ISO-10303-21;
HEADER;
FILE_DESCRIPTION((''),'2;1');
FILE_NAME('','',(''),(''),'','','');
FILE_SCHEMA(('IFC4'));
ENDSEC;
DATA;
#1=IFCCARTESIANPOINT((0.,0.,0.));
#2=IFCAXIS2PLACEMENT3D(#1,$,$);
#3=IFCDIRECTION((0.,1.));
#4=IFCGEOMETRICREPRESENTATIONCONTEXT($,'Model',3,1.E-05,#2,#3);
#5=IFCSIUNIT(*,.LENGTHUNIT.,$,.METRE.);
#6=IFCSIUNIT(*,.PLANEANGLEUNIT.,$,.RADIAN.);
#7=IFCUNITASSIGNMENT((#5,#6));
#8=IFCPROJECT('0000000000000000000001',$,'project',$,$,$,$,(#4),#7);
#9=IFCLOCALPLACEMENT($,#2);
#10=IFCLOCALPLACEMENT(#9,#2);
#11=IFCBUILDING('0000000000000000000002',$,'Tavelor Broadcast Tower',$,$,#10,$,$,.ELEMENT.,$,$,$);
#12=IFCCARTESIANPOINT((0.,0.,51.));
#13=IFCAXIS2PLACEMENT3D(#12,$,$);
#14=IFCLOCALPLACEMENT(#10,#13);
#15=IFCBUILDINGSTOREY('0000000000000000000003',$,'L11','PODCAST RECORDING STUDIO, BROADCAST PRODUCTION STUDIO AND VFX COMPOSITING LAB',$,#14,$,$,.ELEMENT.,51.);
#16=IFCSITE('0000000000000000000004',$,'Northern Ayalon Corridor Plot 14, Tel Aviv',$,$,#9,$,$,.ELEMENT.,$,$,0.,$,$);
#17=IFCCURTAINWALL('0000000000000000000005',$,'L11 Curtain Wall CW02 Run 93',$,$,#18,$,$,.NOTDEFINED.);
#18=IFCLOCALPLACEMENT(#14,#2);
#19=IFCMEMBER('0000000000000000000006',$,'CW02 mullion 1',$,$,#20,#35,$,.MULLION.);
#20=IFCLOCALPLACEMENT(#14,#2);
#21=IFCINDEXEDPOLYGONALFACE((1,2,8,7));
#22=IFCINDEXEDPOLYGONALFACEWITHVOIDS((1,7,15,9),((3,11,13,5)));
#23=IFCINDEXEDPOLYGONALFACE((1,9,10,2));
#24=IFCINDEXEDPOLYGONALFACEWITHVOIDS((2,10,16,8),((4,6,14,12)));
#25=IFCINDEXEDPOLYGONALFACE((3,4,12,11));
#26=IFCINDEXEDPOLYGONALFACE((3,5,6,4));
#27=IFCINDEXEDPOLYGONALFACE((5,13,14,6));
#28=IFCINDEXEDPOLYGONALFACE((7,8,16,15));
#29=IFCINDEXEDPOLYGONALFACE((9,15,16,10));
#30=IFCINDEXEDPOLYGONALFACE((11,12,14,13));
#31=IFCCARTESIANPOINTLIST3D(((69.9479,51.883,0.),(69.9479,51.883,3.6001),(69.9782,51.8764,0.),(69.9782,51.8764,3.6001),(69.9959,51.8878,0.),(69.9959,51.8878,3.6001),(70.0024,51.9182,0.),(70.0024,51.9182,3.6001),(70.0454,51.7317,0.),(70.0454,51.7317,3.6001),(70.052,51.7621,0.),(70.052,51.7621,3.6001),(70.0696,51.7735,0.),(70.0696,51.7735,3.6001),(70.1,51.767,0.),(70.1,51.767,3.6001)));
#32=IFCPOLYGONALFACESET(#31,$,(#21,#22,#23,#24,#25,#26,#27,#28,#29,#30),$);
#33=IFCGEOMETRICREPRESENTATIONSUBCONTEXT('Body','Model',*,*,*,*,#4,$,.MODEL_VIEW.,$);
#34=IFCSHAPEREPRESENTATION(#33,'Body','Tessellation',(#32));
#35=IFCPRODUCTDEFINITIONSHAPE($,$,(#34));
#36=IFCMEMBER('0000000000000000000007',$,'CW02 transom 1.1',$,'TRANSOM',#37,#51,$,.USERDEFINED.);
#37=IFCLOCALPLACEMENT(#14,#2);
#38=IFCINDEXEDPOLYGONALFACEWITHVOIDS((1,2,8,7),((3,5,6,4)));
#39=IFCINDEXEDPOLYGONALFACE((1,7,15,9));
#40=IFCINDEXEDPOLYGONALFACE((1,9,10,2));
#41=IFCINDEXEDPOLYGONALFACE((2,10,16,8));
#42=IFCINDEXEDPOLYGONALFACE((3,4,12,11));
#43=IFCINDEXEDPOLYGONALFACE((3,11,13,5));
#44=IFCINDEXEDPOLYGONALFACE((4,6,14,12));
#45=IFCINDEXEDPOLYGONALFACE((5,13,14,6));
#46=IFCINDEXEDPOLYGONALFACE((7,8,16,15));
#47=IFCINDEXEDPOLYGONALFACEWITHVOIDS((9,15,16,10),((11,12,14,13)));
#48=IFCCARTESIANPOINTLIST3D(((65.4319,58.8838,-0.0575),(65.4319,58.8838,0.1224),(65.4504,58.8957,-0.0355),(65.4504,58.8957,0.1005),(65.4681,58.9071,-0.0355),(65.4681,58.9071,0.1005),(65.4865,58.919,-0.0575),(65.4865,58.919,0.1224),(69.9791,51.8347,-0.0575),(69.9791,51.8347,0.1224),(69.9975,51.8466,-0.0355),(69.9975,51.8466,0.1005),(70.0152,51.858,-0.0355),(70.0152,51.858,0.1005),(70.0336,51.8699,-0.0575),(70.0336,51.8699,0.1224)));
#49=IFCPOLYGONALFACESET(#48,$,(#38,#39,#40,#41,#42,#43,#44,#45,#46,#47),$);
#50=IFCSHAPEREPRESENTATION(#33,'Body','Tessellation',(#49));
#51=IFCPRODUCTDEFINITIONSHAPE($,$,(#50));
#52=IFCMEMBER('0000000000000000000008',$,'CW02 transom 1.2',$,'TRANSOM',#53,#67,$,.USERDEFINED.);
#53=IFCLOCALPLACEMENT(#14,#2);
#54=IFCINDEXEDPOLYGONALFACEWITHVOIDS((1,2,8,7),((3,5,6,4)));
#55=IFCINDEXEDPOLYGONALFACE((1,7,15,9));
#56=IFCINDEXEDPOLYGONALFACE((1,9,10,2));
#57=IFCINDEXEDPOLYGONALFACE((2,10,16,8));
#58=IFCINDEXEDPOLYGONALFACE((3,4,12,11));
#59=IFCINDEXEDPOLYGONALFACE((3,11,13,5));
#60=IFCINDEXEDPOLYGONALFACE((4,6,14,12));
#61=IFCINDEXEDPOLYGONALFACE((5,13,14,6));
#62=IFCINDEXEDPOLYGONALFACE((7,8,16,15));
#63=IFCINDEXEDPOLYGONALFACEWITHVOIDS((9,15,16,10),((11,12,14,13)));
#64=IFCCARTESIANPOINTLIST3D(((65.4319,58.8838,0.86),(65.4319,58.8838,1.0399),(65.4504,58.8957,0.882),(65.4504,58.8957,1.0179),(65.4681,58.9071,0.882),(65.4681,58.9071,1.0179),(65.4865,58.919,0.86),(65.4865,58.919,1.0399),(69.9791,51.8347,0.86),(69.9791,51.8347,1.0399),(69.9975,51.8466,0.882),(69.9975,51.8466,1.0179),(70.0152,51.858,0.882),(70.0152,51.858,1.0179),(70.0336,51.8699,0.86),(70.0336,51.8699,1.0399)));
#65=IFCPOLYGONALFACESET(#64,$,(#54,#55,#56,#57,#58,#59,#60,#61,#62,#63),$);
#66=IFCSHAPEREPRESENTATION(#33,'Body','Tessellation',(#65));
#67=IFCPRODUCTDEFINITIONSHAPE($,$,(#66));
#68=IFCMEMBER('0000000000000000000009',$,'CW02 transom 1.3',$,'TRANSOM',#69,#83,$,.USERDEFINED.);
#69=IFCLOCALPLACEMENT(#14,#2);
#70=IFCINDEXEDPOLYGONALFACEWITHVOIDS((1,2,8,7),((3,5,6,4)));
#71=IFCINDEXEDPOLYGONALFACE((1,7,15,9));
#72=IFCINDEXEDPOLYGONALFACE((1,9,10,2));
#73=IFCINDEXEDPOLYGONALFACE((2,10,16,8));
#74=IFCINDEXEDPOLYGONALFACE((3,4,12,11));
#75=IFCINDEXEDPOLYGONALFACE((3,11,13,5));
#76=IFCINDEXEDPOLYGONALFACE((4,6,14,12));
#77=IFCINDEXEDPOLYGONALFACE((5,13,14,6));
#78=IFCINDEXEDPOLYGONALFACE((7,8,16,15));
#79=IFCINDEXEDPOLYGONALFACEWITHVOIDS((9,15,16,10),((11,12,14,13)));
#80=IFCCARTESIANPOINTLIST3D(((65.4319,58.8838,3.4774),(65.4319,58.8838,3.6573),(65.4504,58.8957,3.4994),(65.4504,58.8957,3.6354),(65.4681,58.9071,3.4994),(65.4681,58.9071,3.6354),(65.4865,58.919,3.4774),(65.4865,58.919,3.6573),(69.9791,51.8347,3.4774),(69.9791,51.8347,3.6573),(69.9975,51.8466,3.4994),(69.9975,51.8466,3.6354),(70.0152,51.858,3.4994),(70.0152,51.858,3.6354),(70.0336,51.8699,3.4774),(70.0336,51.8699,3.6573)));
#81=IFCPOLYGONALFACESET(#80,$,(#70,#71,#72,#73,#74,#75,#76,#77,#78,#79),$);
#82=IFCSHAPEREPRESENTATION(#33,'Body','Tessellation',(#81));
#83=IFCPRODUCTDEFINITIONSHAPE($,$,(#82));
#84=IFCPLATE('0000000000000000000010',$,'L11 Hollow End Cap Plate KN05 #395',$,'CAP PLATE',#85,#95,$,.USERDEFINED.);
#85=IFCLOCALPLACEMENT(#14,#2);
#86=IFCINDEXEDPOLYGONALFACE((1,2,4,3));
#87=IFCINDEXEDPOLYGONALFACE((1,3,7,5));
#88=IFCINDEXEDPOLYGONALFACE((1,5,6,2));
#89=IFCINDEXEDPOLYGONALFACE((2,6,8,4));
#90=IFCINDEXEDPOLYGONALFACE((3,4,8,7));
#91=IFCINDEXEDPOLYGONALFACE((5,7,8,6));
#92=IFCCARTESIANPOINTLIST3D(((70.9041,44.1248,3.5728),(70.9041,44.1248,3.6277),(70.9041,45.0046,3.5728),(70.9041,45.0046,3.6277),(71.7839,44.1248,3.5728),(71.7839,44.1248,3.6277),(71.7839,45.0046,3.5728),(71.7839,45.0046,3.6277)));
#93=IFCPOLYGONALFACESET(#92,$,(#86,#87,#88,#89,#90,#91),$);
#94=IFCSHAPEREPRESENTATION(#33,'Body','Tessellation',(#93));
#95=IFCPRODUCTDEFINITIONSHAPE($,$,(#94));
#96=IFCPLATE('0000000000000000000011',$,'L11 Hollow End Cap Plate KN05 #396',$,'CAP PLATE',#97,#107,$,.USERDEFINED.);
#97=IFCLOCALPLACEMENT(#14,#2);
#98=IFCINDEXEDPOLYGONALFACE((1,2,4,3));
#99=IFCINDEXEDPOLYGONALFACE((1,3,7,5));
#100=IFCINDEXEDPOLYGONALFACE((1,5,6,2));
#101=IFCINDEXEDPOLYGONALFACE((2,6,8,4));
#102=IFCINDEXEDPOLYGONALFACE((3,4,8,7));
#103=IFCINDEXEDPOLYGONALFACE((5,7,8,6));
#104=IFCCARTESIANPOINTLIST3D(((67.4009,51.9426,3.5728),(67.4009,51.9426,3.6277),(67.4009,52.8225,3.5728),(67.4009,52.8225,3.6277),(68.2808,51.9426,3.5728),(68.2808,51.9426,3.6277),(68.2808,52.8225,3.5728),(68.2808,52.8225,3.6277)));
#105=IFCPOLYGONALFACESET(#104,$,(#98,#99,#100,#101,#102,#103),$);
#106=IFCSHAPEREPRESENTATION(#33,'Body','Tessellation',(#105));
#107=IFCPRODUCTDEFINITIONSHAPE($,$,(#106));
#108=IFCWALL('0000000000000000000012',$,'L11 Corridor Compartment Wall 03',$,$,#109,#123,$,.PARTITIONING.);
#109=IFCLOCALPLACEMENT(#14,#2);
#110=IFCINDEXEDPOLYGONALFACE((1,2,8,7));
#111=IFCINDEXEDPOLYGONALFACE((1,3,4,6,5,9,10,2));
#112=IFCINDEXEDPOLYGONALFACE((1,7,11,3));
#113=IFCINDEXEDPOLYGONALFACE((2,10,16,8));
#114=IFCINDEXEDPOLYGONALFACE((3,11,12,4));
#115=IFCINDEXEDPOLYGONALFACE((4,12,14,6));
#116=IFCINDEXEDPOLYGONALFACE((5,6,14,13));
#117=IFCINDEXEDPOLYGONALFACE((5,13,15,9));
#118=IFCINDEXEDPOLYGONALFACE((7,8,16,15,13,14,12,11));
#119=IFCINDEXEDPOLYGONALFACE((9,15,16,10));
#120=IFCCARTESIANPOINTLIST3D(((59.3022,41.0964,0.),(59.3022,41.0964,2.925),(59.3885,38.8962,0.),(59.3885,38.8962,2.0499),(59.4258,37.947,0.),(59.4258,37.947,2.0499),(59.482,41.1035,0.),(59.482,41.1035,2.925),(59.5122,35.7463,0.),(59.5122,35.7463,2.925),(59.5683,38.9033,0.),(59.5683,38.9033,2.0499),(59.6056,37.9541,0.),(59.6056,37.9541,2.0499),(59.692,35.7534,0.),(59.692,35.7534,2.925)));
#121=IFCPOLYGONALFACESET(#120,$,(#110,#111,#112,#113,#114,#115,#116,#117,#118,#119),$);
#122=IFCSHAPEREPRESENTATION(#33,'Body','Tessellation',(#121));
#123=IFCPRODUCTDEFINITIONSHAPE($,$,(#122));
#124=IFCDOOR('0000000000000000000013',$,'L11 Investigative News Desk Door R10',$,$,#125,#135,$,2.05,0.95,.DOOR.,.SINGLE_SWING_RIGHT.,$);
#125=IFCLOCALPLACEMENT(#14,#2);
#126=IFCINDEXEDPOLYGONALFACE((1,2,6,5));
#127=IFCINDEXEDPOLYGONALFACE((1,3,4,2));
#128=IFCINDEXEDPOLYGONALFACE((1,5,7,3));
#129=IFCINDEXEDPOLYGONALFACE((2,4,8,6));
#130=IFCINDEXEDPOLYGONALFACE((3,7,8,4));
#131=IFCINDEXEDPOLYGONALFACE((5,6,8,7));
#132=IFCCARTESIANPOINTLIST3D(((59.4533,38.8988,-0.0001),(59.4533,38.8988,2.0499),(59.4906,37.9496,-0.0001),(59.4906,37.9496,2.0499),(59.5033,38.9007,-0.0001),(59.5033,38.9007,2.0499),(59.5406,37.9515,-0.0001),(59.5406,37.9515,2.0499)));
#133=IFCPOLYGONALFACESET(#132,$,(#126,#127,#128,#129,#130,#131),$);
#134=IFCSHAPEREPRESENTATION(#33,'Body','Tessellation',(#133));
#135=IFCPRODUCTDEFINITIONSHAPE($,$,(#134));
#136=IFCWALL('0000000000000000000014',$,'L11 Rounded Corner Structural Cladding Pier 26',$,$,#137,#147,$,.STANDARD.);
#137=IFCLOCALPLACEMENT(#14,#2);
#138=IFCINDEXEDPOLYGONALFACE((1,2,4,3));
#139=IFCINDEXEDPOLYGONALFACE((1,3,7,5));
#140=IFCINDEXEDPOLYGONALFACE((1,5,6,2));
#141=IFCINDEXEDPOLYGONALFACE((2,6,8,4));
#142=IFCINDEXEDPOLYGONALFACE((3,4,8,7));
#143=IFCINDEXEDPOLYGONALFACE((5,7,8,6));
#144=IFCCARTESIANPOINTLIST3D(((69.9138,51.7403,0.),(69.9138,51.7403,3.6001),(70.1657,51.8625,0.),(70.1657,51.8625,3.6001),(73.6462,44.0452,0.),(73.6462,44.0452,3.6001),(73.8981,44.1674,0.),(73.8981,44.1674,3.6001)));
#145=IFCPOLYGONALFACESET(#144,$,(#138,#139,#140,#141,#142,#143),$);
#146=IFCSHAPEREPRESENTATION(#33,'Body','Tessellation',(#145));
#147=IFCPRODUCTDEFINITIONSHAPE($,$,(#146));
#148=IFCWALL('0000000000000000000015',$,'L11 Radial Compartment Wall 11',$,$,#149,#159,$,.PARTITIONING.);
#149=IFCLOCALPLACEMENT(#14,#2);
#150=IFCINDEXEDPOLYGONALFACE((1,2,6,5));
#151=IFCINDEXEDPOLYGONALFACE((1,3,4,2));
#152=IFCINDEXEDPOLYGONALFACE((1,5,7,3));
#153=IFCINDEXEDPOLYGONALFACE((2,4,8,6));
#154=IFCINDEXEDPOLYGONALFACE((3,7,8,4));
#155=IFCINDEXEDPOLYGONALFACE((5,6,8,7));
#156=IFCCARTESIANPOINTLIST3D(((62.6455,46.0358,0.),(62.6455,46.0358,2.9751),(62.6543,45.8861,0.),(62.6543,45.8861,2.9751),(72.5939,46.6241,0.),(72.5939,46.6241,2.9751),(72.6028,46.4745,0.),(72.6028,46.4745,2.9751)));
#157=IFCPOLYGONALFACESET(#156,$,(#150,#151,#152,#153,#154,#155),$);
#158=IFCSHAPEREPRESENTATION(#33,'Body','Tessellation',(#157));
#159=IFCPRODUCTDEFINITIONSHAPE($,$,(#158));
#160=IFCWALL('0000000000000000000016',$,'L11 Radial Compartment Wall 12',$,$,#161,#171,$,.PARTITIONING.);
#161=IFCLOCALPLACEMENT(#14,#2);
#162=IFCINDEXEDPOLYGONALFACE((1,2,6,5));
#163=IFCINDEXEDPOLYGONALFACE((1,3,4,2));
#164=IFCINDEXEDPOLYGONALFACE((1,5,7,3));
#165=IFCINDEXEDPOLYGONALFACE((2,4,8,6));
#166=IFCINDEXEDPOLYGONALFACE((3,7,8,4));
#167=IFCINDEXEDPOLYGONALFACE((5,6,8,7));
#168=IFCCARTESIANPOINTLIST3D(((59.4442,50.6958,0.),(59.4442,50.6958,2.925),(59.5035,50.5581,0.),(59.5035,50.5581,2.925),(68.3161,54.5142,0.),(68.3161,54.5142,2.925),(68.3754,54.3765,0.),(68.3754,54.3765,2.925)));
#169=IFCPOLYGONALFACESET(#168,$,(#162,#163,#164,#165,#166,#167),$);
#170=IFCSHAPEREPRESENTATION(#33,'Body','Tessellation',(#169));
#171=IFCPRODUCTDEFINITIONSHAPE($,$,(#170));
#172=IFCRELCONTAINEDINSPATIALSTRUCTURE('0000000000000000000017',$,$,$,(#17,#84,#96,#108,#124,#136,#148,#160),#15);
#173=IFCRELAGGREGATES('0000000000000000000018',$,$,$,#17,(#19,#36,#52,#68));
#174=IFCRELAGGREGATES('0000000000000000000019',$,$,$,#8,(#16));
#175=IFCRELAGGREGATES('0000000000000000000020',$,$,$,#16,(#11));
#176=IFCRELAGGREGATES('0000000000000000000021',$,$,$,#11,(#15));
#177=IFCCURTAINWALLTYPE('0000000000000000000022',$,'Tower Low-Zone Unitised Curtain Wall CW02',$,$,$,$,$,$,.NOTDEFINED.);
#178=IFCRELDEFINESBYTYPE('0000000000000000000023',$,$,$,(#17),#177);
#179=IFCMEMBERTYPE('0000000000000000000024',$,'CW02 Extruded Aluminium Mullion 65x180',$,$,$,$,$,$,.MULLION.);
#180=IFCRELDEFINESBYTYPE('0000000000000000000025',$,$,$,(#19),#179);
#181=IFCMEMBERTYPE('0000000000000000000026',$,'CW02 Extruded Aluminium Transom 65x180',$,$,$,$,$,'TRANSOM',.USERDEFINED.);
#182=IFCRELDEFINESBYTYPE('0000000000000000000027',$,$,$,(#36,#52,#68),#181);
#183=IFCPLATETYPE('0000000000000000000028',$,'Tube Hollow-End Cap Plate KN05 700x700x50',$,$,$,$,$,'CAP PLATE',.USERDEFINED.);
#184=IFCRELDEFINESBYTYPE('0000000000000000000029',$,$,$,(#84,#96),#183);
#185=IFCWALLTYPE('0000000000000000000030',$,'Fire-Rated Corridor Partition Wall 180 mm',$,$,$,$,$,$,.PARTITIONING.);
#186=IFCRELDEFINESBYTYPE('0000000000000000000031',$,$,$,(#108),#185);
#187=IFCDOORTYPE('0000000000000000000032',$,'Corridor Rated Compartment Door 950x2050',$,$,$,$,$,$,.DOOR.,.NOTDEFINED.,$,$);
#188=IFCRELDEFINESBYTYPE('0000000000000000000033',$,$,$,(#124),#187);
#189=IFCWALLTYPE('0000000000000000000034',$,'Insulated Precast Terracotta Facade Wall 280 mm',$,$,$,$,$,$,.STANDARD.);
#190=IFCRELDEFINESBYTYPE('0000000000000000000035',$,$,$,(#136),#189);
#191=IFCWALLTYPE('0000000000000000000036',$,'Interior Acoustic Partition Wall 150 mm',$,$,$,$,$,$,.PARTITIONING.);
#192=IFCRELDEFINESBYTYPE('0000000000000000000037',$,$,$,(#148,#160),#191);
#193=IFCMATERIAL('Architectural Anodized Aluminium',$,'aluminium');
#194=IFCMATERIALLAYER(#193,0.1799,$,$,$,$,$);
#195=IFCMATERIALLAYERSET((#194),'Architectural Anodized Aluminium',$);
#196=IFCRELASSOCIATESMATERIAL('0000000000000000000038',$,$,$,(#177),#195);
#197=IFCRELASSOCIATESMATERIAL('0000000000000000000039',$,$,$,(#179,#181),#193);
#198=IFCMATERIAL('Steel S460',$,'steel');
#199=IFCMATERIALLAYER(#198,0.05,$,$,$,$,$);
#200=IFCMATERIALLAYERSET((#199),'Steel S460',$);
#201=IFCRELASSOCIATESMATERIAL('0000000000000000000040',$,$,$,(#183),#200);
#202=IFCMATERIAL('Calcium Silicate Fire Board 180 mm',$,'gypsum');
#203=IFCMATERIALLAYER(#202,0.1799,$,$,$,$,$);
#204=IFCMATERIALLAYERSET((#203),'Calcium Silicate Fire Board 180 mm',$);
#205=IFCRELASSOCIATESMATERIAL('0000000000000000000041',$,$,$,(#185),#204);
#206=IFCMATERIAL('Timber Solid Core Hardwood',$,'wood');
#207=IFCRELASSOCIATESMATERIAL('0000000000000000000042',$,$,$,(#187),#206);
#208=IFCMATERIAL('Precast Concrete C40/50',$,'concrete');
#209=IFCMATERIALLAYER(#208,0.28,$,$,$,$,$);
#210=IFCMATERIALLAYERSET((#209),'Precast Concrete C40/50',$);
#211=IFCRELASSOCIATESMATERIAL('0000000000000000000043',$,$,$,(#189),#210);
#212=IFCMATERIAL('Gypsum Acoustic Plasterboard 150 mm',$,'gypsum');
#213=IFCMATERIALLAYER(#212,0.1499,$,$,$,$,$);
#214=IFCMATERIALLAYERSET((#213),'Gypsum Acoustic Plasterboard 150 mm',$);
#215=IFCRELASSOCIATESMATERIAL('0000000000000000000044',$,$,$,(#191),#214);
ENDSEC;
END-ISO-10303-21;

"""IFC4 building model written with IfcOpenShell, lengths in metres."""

from ifc_helpers import new_model, si_unit, direction, frame, frame_2d, origin, origin_2d, place, context, subcontext, project, spatial, rectangle, hollow_rectangle, extrude, source, transform, mapped, material, layer, layer_set, material_profile, profile_set, type_object, type_shapes, element, fill, aggregate, save


model = new_model("IFC4")

# Units and contexts
model_context = context("Model", 3, precision=1e-05, world=origin(), true_north=direction((0.0, 1.0)))
body_context = subcontext(model_context, "Body", "Model", "MODEL_VIEW")
ifc_project = project(units=[si_unit("LENGTHUNIT", "METRE"), si_unit("PLANEANGLEUNIT", "RADIAN")], contexts=[model_context])

# Site, building, storey
site_placement = place(None, origin())
site = spatial("IfcSite", under=ifc_project, at=site_placement, Name="Northern Ayalon Corridor Plot 14, Tel Aviv", CompositionType="ELEMENT", RefElevation=0.0)
building_placement = place(site_placement, origin())
building = spatial("IfcBuilding", under=site, at=building_placement, Name="Tavelor Broadcast Tower", CompositionType="ELEMENT")
storey_placement = place(building_placement, frame((0.0, 0.0, 51.0)))
storey = spatial("IfcBuildingStorey", under=building, at=storey_placement, Name="L11", Description="PODCAST RECORDING STUDIO, BROADCAST PRODUCTION STUDIO AND VFX COMPOSITING LAB", CompositionType="ELEMENT", Elevation=51.0)

# Shared definitions
ifc_material_1 = material(Name="Steel S460", Category="steel")

# Curtain wall, members
ifc_material_2 = material(Name="Architectural Anodized Aluminium", Category="aluminium")
ifc_layer_1 = layer(ifc_material_2, 0.1799)
ifc_layer_set_1 = layer_set([ifc_layer_1], Name="Architectural Anodized Aluminium")
curtain_wall_type = type_object("IfcCurtainWallType", Name="Tower Low-Zone Unitised Curtain Wall CW02", PredefinedType="NOTDEFINED", material=ifc_layer_set_1)
curtain_wall_placement = place(storey_placement, origin())
curtain_wall = element("IfcCurtainWall", 1, at=curtain_wall_placement, inside=storey, type_object=curtain_wall_type, Name="L11 Curtain Wall CW02 Run 93", PredefinedType="NOTDEFINED")
ifc_material_profile_1 = material_profile(ifc_material_2, hollow_rectangle(XDim=0.0649, YDim=0.1799, WallThickness=0.022, at=origin_2d()), Name="RHS 65x180x22")
ifc_profile_set_1 = profile_set([ifc_material_profile_1], Name="Architectural Anodized Aluminium")
member_type_1 = type_object("IfcMemberType", Name="CW02 Extruded Aluminium Mullion 65x180", PredefinedType="MULLION", material=ifc_profile_set_1)
shared_shape_1 = source(origin(), body_context, "Body", "SweptSolid", [
    extrude(hollow_rectangle(XDim=0.0649, YDim=0.1799, WallThickness=0.022, at=origin_2d()), origin(), (0.0, 0.0, 1.0), 3.6001),
])
type_shapes(member_type_1, [shared_shape_1])
member_1_placement = place(storey_placement, frame((70.0239, 51.825, 0.0), z_axis=(0.0, 0.0, 1.0), x_axis=(-0.840332, -0.542072, 0.0)))
member_1 = element("IfcMember", 2, at=member_1_placement, type_object=member_type_1, Name="CW02 mullion 1", PredefinedType="MULLION", context=body_context, shape_type="MappedRepresentation", body=[
    mapped(shared_shape_1, transform((0.0, 0.0, 0.0), scale=1.0)),
])
ifc_material_profile_2 = material_profile(ifc_material_2, hollow_rectangle(XDim=0.0649, YDim=0.1799, WallThickness=0.022, at=origin_2d()), Name="RHS 65x180x22")
ifc_profile_set_2 = profile_set([ifc_material_profile_2], Name="Architectural Anodized Aluminium")
member_type_2 = type_object("IfcMemberType", Name="CW02 Extruded Aluminium Transom 65x180", ElementType="TRANSOM", PredefinedType="USERDEFINED", material=ifc_profile_set_2)
shared_shape_2 = source(origin(), body_context, "Body", "SweptSolid", [
    extrude(hollow_rectangle(XDim=0.0649, YDim=0.1799, WallThickness=0.022, at=origin_2d()), origin(), (0.0, 0.0, 1.0), 8.3884),
])
type_shapes(member_type_2, [shared_shape_2])
member_2_placement = place(storey_placement, frame((70.0063, 51.8523, 0.0325), z_axis=(-0.542071, 0.840333, 0.0), x_axis=(-0.840333, -0.542071, 0.0)))
member_2 = element("IfcMember", 3, at=member_2_placement, type_object=member_type_2, Name="CW02 transom 1.1", ObjectType="TRANSOM", PredefinedType="USERDEFINED", context=body_context, shape_type="MappedRepresentation", body=[
    mapped(shared_shape_2, transform((0.0, 0.0, 0.0), scale=1.0)),
])
member_3_placement = place(storey_placement, frame((70.0063, 51.8523, 0.95), z_axis=(-0.542071, 0.840333, 0.0), x_axis=(-0.840333, -0.542071, 0.0)))
member_3 = element("IfcMember", 4, at=member_3_placement, type_object=member_type_2, Name="CW02 transom 1.2", ObjectType="TRANSOM", PredefinedType="USERDEFINED", context=body_context, shape_type="MappedRepresentation", body=[
    mapped(shared_shape_2, transform((0.0, 0.0, 0.0), scale=1.0)),
])
member_4_placement = place(storey_placement, frame((70.0063, 51.8523, 3.5674), z_axis=(-0.542071, 0.840333, 0.0), x_axis=(-0.840333, -0.542071, 0.0)))
member_4 = element("IfcMember", 5, at=member_4_placement, type_object=member_type_2, Name="CW02 transom 1.3", ObjectType="TRANSOM", PredefinedType="USERDEFINED", context=body_context, shape_type="MappedRepresentation", body=[
    mapped(shared_shape_2, transform((0.0, 0.0, 0.0), scale=1.0)),
])
aggregate(curtain_wall, [member_1, member_2, member_3, member_4])

# Plates
ifc_layer_2 = layer(ifc_material_1, 0.05)
ifc_layer_set_2 = layer_set([ifc_layer_2], Name="Steel S460")
plate_type = type_object("IfcPlateType", Name="Tube Hollow-End Cap Plate KN05 700x700x50", ElementType="CAP PLATE", PredefinedType="USERDEFINED", material=ifc_layer_set_2)
shared_shape_3 = source(origin(), body_context, "Body", "SweptSolid", [
    extrude(rectangle(XDim=0.8799, YDim=0.8799, at=origin_2d()), origin(), (0.0, 0.0, 1.0), 0.0549),
])
type_shapes(plate_type, [shared_shape_3])
for number, where, z_axis, x_axis, name in (
    (6, (71.344, 44.5647, 3.5728), (0.0, 0.0, 1.0), (1.0, 0.0, 0.0), "L11 Hollow End Cap Plate KN05 #395"),
    (7, (67.8408, 52.3826, 3.5728), (0.0, 0.0, 1.0), (1.0, 0.0, 0.0), "L11 Hollow End Cap Plate KN05 #396"),
):
    element("IfcPlate", number, at=place(storey_placement, frame(where, z_axis=z_axis, x_axis=x_axis)), inside=storey, type_object=plate_type, Name=name, ObjectType="CAP PLATE", PredefinedType="USERDEFINED", context=body_context, shape_type="MappedRepresentation", body=[
        mapped(shared_shape_3, transform((0.0, 0.0, 0.0), scale=1.0)),
    ])

# Wall, opening, door
ifc_material_3 = material(Name="Calcium Silicate Fire Board 180 mm", Category="gypsum")
ifc_layer_3 = layer(ifc_material_3, 0.1799)
ifc_layer_set_3 = layer_set([ifc_layer_3], Name="Calcium Silicate Fire Board 180 mm")
wall_type_1 = type_object("IfcWallType", Name="Fire-Rated Corridor Partition Wall 180 mm", PredefinedType="PARTITIONING", material=ifc_layer_set_3)
wall_1_placement = place(storey_placement, frame((59.3921, 41.1001, 0.0), z_axis=(0.0, 0.0, 1.0), x_axis=(0.039214, -0.999231, 0.0)))
wall_1 = element("IfcWall", 8, at=wall_1_placement, inside=storey, type_object=wall_type_1, Name="L11 Corridor Compartment Wall 03", PredefinedType="PARTITIONING", context=body_context, shape_type="SweptSolid", body=[
    extrude(rectangle(XDim=5.3542, YDim=0.1799, at=frame_2d((2.6772, 0.0))), origin(), (0.0, 0.0, 1.0), 2.925),
])
opening_1_placement = place(wall_1_placement, frame((2.2019, 0.0, 0.0)))
opening_1 = element("IfcOpeningElement", 9, at=opening_1_placement, cuts=wall_1, PredefinedType="OPENING", context=body_context, shape_type="SweptSolid", body=[
    extrude(rectangle(XDim=0.95, YDim=2.05, at=frame_2d((0.4751, 1.0249))), frame((0.0, 0.1001, 0.0), z_axis=(0.0, -1.0, 0.0), x_axis=(1.0, 0.0, 0.0)), (0.0, 0.0, 1.0), 0.2),
])
ifc_material_4 = material(Name="Timber Solid Core Hardwood", Category="wood")
door_type_1 = type_object("IfcDoorType", Name="Corridor Rated Compartment Door 950x2050", OperationType="NOTDEFINED", PredefinedType="DOOR", material=ifc_material_4)
door_1_placement = place(opening_1_placement, origin())
door_1 = element("IfcDoor", 10, at=door_1_placement, inside=storey, type_object=door_type_1, Name="L11 Investigative News Desk Door R10", OperationType="SINGLE_SWING_RIGHT", OverallHeight=2.05, OverallWidth=0.95, PredefinedType="DOOR", context=body_context, shape_type="SweptSolid", body=[
    extrude(rectangle(XDim=0.95, YDim=2.05, at=frame_2d((0.4751, 1.0249))), frame((0.0, 0.0249, 0.0), z_axis=(0.0, -1.0, 0.0), x_axis=(1.0, 0.0, 0.0)), (0.0, 0.0, 1.0), 0.05),
])
fill(opening_1, door_1)

# Walls
ifc_material_5 = material(Name="Precast Concrete C40/50", Category="concrete")
ifc_layer_4 = layer(ifc_material_5, 0.28)
ifc_layer_set_4 = layer_set([ifc_layer_4], Name="Precast Concrete C40/50")
wall_type_2 = type_object("IfcWallType", Name="Insulated Precast Terracotta Facade Wall 280 mm", PredefinedType="STANDARD", material=ifc_layer_set_4)
wall_2_placement = place(storey_placement, frame((73.7722, 44.1062, 0.0), z_axis=(0.0, 0.0, 1.0), x_axis=(-0.436414, 0.899746, 0.0)))
element("IfcWall", 11, at=wall_2_placement, inside=storey, type_object=wall_type_2, Name="L11 Rounded Corner Structural Cladding Pier 26", PredefinedType="STANDARD", context=body_context, shape_type="SweptSolid", body=[
    extrude(rectangle(XDim=8.5525, YDim=0.28, at=frame_2d((4.2764, 0.0))), origin(), (0.0, 0.0, 1.0), 3.6001),
])
ifc_material_6 = material(Name="Gypsum Acoustic Plasterboard 150 mm", Category="gypsum")
ifc_layer_5 = layer(ifc_material_6, 0.1499)
ifc_layer_set_5 = layer_set([ifc_layer_5], Name="Gypsum Acoustic Plasterboard 150 mm")
wall_type_3 = type_object("IfcWallType", Name="Interior Acoustic Partition Wall 150 mm", PredefinedType="PARTITIONING", material=ifc_layer_set_5)
wall_3_placement = place(storey_placement, frame((62.6499, 45.9609, 0.0), z_axis=(0.0, 0.0, 1.0), x_axis=(0.998256, 0.059039, 0.0)))
element("IfcWall", 12, at=wall_3_placement, inside=storey, type_object=wall_type_3, Name="L11 Radial Compartment Wall 11", PredefinedType="PARTITIONING", context=body_context, shape_type="SweptSolid", body=[
    extrude(rectangle(XDim=9.9658, YDim=0.1499, at=frame_2d((4.9829, 0.0))), origin(), (0.0, 0.0, 1.0), 2.9751),
])
wall_4_placement = place(storey_placement, frame((59.4739, 50.627, 0.0), z_axis=(0.0, 0.0, 1.0), x_axis=(0.918539, 0.395331, 0.0)))
element("IfcWall", 13, at=wall_4_placement, inside=storey, type_object=wall_type_3, Name="L11 Radial Compartment Wall 12", PredefinedType="PARTITIONING", context=body_context, shape_type="SweptSolid", body=[
    extrude(rectangle(XDim=9.6587, YDim=0.1499, at=frame_2d((4.8293, 0.0))), origin(), (0.0, 0.0, 1.0), 2.925),
])

save(model, "model.ifc")
